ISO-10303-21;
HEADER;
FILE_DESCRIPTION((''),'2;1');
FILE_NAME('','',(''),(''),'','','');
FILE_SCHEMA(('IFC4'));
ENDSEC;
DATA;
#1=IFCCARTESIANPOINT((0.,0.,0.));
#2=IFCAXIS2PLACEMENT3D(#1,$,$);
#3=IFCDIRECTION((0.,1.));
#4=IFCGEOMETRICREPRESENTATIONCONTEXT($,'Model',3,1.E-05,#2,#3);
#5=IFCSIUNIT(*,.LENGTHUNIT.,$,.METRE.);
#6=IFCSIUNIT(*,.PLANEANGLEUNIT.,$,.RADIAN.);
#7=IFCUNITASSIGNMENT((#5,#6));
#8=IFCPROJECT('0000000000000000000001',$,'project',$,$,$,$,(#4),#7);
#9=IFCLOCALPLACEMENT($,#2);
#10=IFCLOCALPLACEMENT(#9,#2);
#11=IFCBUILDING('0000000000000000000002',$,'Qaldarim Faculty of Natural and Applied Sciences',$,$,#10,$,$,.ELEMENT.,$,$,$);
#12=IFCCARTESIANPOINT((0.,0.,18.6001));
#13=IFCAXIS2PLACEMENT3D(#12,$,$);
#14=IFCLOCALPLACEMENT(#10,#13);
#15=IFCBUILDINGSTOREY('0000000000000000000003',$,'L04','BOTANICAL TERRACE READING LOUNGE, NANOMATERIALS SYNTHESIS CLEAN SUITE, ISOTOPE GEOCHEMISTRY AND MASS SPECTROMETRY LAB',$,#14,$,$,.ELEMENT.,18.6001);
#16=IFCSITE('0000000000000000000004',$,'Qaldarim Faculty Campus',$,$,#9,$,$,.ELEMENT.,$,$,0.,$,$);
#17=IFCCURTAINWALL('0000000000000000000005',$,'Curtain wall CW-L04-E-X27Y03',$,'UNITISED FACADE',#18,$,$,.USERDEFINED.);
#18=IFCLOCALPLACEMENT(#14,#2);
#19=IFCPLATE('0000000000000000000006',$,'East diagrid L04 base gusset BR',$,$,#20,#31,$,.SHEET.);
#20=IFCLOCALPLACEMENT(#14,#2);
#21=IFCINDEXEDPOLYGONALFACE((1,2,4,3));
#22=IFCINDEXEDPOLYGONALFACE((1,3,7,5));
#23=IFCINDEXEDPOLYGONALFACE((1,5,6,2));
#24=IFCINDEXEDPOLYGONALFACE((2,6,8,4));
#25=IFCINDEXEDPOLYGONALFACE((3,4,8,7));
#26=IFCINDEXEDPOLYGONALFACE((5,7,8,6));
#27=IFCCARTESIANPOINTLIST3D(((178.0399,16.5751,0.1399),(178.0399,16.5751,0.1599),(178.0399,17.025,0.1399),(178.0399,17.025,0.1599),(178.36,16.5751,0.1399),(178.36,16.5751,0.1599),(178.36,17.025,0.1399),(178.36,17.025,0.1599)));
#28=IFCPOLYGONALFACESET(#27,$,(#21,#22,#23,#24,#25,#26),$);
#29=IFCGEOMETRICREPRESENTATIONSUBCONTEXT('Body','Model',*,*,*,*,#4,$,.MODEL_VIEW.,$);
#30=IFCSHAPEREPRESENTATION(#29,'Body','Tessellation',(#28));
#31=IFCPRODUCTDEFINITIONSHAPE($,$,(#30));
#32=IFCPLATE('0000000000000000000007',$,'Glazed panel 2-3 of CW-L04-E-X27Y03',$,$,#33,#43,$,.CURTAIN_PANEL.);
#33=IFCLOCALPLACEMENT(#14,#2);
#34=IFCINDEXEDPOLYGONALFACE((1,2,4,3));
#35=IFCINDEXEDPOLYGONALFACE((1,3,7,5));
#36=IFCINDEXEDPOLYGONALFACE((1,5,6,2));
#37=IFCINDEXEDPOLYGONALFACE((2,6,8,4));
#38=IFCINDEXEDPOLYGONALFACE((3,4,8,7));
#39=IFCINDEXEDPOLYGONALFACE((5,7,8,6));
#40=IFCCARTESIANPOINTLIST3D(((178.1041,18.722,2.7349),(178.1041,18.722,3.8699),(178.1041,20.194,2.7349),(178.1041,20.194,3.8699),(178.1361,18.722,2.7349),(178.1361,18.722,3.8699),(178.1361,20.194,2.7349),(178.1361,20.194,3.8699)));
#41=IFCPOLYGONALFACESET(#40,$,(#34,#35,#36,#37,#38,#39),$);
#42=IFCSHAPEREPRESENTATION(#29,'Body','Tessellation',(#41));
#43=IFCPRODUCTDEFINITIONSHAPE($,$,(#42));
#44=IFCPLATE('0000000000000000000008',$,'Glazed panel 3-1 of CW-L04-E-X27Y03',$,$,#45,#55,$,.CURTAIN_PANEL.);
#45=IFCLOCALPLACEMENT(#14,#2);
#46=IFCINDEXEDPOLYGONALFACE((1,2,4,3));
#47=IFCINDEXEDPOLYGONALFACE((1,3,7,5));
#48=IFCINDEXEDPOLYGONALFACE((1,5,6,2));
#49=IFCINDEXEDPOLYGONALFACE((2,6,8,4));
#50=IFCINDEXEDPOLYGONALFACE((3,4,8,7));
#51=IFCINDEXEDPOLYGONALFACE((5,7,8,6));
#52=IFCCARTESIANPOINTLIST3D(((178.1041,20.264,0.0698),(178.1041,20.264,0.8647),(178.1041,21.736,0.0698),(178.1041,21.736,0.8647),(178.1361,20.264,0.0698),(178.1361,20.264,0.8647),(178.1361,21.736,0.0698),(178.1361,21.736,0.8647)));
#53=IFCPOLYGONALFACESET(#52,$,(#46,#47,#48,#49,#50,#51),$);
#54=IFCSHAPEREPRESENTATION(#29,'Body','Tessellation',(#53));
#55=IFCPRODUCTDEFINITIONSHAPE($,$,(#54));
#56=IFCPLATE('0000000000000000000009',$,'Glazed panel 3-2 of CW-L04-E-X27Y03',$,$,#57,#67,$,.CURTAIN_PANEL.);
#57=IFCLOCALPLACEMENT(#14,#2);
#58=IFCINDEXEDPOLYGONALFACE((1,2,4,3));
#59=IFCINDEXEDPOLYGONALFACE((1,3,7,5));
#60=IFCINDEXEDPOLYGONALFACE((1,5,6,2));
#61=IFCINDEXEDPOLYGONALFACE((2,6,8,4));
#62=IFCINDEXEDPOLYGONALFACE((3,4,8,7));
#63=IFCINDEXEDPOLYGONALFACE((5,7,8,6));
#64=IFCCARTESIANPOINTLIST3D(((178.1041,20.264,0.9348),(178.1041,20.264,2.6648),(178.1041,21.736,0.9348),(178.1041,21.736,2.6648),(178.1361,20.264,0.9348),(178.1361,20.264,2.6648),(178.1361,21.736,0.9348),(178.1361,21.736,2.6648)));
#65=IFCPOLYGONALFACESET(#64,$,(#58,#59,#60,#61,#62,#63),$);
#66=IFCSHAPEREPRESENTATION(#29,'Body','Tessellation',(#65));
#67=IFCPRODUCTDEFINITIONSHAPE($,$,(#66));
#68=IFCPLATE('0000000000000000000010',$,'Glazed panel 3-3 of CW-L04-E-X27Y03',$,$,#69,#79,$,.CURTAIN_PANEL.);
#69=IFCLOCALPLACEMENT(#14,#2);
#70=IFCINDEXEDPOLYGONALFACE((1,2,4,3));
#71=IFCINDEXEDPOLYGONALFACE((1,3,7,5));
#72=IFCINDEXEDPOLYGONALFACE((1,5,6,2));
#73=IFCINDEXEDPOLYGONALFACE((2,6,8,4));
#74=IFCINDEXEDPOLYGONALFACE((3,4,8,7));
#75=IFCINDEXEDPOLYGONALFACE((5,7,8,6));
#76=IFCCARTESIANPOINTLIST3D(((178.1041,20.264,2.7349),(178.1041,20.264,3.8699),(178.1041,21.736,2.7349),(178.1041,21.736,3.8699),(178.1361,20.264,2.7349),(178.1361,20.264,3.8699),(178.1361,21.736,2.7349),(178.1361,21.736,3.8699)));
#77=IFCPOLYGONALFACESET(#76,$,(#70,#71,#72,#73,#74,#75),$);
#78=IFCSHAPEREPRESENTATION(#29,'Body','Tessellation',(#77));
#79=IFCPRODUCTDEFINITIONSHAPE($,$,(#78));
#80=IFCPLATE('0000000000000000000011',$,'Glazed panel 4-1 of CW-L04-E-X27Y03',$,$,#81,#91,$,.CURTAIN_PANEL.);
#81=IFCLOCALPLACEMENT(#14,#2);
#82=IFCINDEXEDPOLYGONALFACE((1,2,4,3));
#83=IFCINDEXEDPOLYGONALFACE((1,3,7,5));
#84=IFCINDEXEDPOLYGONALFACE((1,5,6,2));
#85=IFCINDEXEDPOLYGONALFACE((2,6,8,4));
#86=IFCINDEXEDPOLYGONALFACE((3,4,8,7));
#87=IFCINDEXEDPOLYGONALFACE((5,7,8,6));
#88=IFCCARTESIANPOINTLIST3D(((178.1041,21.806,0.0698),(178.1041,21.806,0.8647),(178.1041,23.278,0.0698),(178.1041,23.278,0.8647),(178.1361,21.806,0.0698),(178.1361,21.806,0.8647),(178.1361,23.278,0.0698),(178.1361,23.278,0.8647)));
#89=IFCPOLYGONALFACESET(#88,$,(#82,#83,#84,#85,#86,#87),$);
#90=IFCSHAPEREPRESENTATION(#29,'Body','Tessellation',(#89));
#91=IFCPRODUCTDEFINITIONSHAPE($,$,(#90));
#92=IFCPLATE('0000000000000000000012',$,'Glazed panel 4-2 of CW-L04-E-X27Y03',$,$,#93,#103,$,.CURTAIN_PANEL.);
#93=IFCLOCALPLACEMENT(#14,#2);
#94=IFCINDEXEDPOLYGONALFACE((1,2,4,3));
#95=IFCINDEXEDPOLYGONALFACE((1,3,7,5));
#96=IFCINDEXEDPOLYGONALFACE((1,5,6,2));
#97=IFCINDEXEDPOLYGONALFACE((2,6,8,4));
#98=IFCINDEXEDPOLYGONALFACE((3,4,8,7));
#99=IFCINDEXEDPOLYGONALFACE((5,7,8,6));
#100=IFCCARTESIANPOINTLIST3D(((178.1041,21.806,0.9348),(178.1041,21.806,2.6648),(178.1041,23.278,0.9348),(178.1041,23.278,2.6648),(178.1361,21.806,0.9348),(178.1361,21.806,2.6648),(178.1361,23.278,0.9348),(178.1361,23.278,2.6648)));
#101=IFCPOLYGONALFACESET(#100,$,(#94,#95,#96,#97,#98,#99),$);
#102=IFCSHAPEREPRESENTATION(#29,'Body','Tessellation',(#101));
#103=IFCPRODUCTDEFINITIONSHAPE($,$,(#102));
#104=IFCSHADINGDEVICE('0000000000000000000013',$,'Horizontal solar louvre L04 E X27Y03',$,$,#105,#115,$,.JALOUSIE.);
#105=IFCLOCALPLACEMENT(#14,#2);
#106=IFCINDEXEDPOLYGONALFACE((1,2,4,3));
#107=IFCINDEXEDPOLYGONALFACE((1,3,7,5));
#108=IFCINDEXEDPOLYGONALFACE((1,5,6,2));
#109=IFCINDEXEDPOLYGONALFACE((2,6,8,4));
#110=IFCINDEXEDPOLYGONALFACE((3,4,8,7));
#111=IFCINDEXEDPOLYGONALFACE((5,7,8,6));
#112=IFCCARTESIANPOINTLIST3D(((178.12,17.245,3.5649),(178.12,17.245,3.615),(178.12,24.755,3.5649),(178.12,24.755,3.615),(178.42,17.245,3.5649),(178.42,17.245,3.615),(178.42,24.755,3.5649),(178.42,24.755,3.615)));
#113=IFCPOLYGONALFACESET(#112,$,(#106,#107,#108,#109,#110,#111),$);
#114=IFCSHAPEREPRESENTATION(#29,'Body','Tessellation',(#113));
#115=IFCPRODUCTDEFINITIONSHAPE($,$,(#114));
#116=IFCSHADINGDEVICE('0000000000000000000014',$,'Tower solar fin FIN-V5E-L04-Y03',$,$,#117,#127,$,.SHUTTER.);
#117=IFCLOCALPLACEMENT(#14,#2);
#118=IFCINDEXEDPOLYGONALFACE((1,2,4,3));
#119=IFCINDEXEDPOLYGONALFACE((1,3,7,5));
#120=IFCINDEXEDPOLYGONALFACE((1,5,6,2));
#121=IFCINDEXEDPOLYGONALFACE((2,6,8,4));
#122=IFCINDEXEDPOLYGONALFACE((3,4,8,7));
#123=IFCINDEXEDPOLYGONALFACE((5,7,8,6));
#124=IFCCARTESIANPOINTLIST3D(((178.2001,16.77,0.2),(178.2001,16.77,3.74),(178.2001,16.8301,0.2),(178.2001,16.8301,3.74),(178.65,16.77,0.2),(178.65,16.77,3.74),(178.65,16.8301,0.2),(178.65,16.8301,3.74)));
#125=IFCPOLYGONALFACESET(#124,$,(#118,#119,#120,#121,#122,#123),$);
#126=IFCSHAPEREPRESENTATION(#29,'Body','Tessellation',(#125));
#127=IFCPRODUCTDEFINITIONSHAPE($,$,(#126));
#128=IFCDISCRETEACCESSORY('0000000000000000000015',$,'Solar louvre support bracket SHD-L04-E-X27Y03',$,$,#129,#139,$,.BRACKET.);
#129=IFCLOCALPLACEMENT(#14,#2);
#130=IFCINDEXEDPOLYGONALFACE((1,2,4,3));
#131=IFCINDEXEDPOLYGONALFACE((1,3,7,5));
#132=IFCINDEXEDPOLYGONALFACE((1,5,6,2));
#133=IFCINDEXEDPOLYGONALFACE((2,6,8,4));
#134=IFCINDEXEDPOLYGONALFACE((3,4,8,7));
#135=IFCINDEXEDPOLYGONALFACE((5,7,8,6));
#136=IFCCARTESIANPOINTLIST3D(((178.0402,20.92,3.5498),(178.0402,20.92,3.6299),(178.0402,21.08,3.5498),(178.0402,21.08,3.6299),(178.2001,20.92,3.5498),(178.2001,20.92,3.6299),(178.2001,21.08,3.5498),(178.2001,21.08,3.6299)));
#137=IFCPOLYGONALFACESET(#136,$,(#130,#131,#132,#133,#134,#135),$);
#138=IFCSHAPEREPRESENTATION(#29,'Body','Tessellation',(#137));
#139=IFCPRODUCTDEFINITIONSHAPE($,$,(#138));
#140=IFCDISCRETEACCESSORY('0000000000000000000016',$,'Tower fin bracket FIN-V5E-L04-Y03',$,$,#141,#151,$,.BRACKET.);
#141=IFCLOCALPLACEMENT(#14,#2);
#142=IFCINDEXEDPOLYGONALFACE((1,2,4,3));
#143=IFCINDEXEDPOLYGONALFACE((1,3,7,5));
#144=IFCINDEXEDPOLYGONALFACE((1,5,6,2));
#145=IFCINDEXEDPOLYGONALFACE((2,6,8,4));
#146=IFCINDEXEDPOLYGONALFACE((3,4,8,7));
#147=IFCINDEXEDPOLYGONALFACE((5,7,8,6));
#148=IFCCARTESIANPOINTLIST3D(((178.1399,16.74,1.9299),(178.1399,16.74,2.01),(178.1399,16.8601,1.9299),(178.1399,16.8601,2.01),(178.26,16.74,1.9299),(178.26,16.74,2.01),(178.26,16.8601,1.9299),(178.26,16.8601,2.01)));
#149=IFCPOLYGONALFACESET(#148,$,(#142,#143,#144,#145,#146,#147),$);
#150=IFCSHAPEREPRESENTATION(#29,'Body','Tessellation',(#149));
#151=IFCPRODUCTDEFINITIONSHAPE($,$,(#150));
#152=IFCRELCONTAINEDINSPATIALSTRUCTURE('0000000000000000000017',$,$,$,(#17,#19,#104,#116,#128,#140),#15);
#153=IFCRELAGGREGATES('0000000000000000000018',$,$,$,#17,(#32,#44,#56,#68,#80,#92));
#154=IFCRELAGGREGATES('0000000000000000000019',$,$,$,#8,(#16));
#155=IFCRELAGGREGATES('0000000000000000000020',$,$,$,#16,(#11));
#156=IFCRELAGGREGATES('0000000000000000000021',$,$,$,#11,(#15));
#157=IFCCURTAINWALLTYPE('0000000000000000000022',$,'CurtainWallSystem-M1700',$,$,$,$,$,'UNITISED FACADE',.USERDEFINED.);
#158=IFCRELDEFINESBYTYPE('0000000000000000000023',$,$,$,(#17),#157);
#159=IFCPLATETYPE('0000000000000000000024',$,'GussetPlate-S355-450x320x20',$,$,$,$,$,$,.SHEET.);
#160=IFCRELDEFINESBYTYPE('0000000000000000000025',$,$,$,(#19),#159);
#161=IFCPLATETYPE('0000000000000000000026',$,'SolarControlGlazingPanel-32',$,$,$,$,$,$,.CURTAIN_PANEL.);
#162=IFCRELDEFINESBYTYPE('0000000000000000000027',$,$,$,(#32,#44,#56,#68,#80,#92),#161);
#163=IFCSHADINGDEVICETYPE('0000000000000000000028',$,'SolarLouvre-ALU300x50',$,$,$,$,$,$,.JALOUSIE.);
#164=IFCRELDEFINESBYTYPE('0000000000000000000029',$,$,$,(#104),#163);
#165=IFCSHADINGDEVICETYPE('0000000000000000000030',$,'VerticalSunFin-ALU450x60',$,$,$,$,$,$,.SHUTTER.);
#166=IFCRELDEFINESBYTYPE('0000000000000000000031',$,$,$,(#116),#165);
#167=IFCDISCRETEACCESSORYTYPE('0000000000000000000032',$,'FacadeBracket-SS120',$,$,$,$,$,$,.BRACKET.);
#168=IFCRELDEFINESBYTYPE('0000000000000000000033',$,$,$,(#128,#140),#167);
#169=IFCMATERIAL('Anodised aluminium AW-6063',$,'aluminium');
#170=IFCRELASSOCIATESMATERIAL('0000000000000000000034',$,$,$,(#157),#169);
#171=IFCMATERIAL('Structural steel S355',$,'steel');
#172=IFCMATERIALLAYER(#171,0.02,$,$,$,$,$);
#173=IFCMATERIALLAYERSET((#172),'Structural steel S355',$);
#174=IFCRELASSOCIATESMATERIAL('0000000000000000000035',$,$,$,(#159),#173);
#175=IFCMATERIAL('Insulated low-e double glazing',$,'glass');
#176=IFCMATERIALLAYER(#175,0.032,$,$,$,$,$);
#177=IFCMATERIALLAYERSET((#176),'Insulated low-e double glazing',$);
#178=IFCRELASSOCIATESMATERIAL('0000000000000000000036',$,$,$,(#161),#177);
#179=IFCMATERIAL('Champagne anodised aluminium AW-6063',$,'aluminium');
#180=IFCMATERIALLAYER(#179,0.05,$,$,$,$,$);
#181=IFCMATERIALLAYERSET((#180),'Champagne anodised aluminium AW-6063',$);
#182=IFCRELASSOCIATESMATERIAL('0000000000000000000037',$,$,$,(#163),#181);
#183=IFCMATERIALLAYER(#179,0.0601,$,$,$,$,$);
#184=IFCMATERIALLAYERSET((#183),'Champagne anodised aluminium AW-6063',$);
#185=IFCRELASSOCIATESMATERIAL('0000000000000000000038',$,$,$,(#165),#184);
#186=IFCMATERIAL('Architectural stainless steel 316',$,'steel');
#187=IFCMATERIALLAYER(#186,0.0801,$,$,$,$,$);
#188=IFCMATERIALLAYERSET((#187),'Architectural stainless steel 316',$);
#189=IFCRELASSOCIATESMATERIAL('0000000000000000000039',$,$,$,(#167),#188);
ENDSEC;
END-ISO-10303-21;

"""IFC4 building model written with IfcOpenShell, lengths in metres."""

from ifc_helpers import new_model, si_unit, direction, frame, origin, origin_2d, place, context, subcontext, project, spatial, rectangle, extrude, material, layer, layer_set, type_object, element, aggregate, save


model = new_model("IFC4")

# Units and contexts
model_context = context("Model", 3, precision=1e-05, world=origin(), true_north=direction((0.0, 1.0)))
body_context = subcontext(model_context, "Body", "Model", "MODEL_VIEW")
ifc_project = project(units=[si_unit("LENGTHUNIT", "METRE"), si_unit("PLANEANGLEUNIT", "RADIAN")], contexts=[model_context])

# Site, building, storey
site_placement = place(None, origin())
site = spatial("IfcSite", under=ifc_project, at=site_placement, Name="Qaldarim Faculty Campus", CompositionType="ELEMENT", RefElevation=0.0)
building_placement = place(site_placement, origin())
building = spatial("IfcBuilding", under=site, at=building_placement, Name="Qaldarim Faculty of Natural and Applied Sciences", CompositionType="ELEMENT")
storey_placement = place(building_placement, frame((0.0, 0.0, 18.6001)))
storey = spatial("IfcBuildingStorey", under=building, at=storey_placement, Name="L04", Description="BOTANICAL TERRACE READING LOUNGE, NANOMATERIALS SYNTHESIS CLEAN SUITE, ISOTOPE GEOCHEMISTRY AND MASS SPECTROMETRY LAB", CompositionType="ELEMENT", Elevation=18.6001)

# Shared definitions
ifc_material_1 = material(Name="Structural steel S355", Category="steel")

# Curtain wall
ifc_material_2 = material(Name="Anodised aluminium AW-6063", Category="aluminium")
curtain_wall_type = type_object("IfcCurtainWallType", Name="CurtainWallSystem-M1700", ElementType="UNITISED FACADE", PredefinedType="USERDEFINED", material=ifc_material_2)
curtain_wall_placement = place(storey_placement, origin())
curtain_wall = element("IfcCurtainWall", 1, at=curtain_wall_placement, inside=storey, type_object=curtain_wall_type, Name="Curtain wall CW-L04-E-X27Y03", ObjectType="UNITISED FACADE", PredefinedType="USERDEFINED")

# Plates
ifc_layer_1 = layer(ifc_material_1, 0.02)
ifc_layer_set_1 = layer_set([ifc_layer_1], Name="Structural steel S355")
plate_type_1 = type_object("IfcPlateType", Name="GussetPlate-S355-450x320x20", PredefinedType="SHEET", material=ifc_layer_set_1)
plate_1_placement = place(storey_placement, frame((178.2, 16.8, 0.1399), z_axis=(0.0, 0.0, 1.0), x_axis=(0.0, 1.0, 0.0)))
element("IfcPlate", 2, at=plate_1_placement, inside=storey, type_object=plate_type_1, Name="East diagrid L04 base gusset BR", PredefinedType="SHEET", context=body_context, shape_type="SweptSolid", body=[
    extrude(rectangle(XDim=0.45, YDim=0.3201, at=origin_2d()), origin(), (0.0, 0.0, 1.0), 0.02),
])
ifc_material_3 = material(Name="Insulated low-e double glazing", Category="glass")
ifc_layer_2 = layer(ifc_material_3, 0.032)
ifc_layer_set_2 = layer_set([ifc_layer_2], Name="Insulated low-e double glazing")
plate_type_2 = type_object("IfcPlateType", Name="SolarControlGlazingPanel-32", PredefinedType="CURTAIN_PANEL", material=ifc_layer_set_2)
plate_2_placement = place(storey_placement, frame((178.1201, 19.458, 2.7349), z_axis=(0.0, 0.0, 1.0), x_axis=(0.0, 1.0, 0.0)))
plate_2 = element("IfcPlate", 3, at=plate_2_placement, type_object=plate_type_2, Name="Glazed panel 2-3 of CW-L04-E-X27Y03", PredefinedType="CURTAIN_PANEL", context=body_context, shape_type="SweptSolid", body=[
    extrude(rectangle(XDim=1.4719, YDim=0.032, at=origin_2d()), origin(), (0.0, 0.0, 1.0), 1.135),
])
plate_3_placement = place(storey_placement, frame((178.1201, 21.0, 0.0698), z_axis=(0.0, 0.0, 1.0), x_axis=(0.0, 1.0, 0.0)))
plate_3 = element("IfcPlate", 4, at=plate_3_placement, type_object=plate_type_2, Name="Glazed panel 3-1 of CW-L04-E-X27Y03", PredefinedType="CURTAIN_PANEL", context=body_context, shape_type="SweptSolid", body=[
    extrude(rectangle(XDim=1.4719, YDim=0.032, at=origin_2d()), origin(), (0.0, 0.0, 1.0), 0.7949),
])
plate_4_placement = place(storey_placement, frame((178.1201, 21.0, 0.9348), z_axis=(0.0, 0.0, 1.0), x_axis=(0.0, 1.0, 0.0)))
plate_4 = element("IfcPlate", 5, at=plate_4_placement, type_object=plate_type_2, Name="Glazed panel 3-2 of CW-L04-E-X27Y03", PredefinedType="CURTAIN_PANEL", context=body_context, shape_type="SweptSolid", body=[
    extrude(rectangle(XDim=1.4719, YDim=0.032, at=origin_2d()), origin(), (0.0, 0.0, 1.0), 1.73),
])
plate_5_placement = place(storey_placement, frame((178.1201, 21.0, 2.7349), z_axis=(0.0, 0.0, 1.0), x_axis=(0.0, 1.0, 0.0)))
plate_5 = element("IfcPlate", 6, at=plate_5_placement, type_object=plate_type_2, Name="Glazed panel 3-3 of CW-L04-E-X27Y03", PredefinedType="CURTAIN_PANEL", context=body_context, shape_type="SweptSolid", body=[
    extrude(rectangle(XDim=1.4719, YDim=0.032, at=origin_2d()), origin(), (0.0, 0.0, 1.0), 1.135),
])
plate_6_placement = place(storey_placement, frame((178.1201, 22.542, 0.0698), z_axis=(0.0, 0.0, 1.0), x_axis=(0.0, 1.0, 0.0)))
plate_6 = element("IfcPlate", 7, at=plate_6_placement, type_object=plate_type_2, Name="Glazed panel 4-1 of CW-L04-E-X27Y03", PredefinedType="CURTAIN_PANEL", context=body_context, shape_type="SweptSolid", body=[
    extrude(rectangle(XDim=1.4719, YDim=0.032, at=origin_2d()), origin(), (0.0, 0.0, 1.0), 0.7949),
])
plate_7_placement = place(storey_placement, frame((178.1201, 22.542, 0.9348), z_axis=(0.0, 0.0, 1.0), x_axis=(0.0, 1.0, 0.0)))
plate_7 = element("IfcPlate", 8, at=plate_7_placement, type_object=plate_type_2, Name="Glazed panel 4-2 of CW-L04-E-X27Y03", PredefinedType="CURTAIN_PANEL", context=body_context, shape_type="SweptSolid", body=[
    extrude(rectangle(XDim=1.4719, YDim=0.032, at=origin_2d()), origin(), (0.0, 0.0, 1.0), 1.73),
])
aggregate(curtain_wall, [plate_2, plate_3, plate_4, plate_5, plate_6, plate_7])

# Shading devices
ifc_material_4 = material(Name="Champagne anodised aluminium AW-6063", Category="aluminium")
ifc_layer_3 = layer(ifc_material_4, 0.05)
ifc_layer_set_3 = layer_set([ifc_layer_3], Name="Champagne anodised aluminium AW-6063")
shading_device_type_1 = type_object("IfcShadingDeviceType", Name="SolarLouvre-ALU300x50", PredefinedType="JALOUSIE", material=ifc_layer_set_3)
shading_device_1_placement = place(storey_placement, frame((178.27, 21.0, 3.5649), z_axis=(0.0, 0.0, 1.0), x_axis=(0.0, 1.0, 0.0)))
element("IfcShadingDevice", 9, at=shading_device_1_placement, inside=storey, type_object=shading_device_type_1, Name="Horizontal solar louvre L04 E X27Y03", PredefinedType="JALOUSIE", context=body_context, shape_type="SweptSolid", body=[
    extrude(rectangle(XDim=7.51, YDim=0.3, at=origin_2d()), origin(), (0.0, 0.0, 1.0), 0.05),
])
ifc_layer_4 = layer(ifc_material_4, 0.0601)
ifc_layer_set_4 = layer_set([ifc_layer_4], Name="Champagne anodised aluminium AW-6063")
shading_device_type_2 = type_object("IfcShadingDeviceType", Name="VerticalSunFin-ALU450x60", PredefinedType="SHUTTER", material=ifc_layer_set_4)
shading_device_2_placement = place(storey_placement, frame((178.425, 16.8, 0.2), z_axis=(0.0, 0.0, 1.0), x_axis=(1.0, 0.0, 0.0)))
element("IfcShadingDevice", 10, at=shading_device_2_placement, inside=storey, type_object=shading_device_type_2, Name="Tower solar fin FIN-V5E-L04-Y03", PredefinedType="SHUTTER", context=body_context, shape_type="SweptSolid", body=[
    extrude(rectangle(XDim=0.45, YDim=0.0601, at=origin_2d()), origin(), (0.0, 0.0, 1.0), 3.54),
])

# Discrete accessories
ifc_material_5 = material(Name="Architectural stainless steel 316", Category="steel")
ifc_layer_5 = layer(ifc_material_5, 0.0801)
ifc_layer_set_5 = layer_set([ifc_layer_5], Name="Architectural stainless steel 316")
discrete_accessory_type = type_object("IfcDiscreteAccessoryType", Name="FacadeBracket-SS120", PredefinedType="BRACKET", material=ifc_layer_set_5)
discrete_accessory_1_placement = place(storey_placement, frame((178.1201, 21.0, 3.5498), z_axis=(0.0, 0.0, 1.0), x_axis=(0.0, 1.0, 0.0)))
element("IfcDiscreteAccessory", 11, at=discrete_accessory_1_placement, inside=storey, type_object=discrete_accessory_type, Name="Solar louvre support bracket SHD-L04-E-X27Y03", PredefinedType="BRACKET", context=body_context, shape_type="SweptSolid", body=[
    extrude(rectangle(XDim=0.1599, YDim=0.1599, at=origin_2d()), origin(), (0.0, 0.0, 1.0), 0.0801),
])
discrete_accessory_2_placement = place(storey_placement, frame((178.2, 16.8, 1.9299), z_axis=(0.0, 0.0, 1.0), x_axis=(1.0, 0.0, 0.0)))
element("IfcDiscreteAccessory", 12, at=discrete_accessory_2_placement, inside=storey, type_object=discrete_accessory_type, Name="Tower fin bracket FIN-V5E-L04-Y03", PredefinedType="BRACKET", context=body_context, shape_type="SweptSolid", body=[
    extrude(rectangle(XDim=0.1201, YDim=0.1201, at=origin_2d()), origin(), (0.0, 0.0, 1.0), 0.0801),
])

save(model, "model.ifc")
